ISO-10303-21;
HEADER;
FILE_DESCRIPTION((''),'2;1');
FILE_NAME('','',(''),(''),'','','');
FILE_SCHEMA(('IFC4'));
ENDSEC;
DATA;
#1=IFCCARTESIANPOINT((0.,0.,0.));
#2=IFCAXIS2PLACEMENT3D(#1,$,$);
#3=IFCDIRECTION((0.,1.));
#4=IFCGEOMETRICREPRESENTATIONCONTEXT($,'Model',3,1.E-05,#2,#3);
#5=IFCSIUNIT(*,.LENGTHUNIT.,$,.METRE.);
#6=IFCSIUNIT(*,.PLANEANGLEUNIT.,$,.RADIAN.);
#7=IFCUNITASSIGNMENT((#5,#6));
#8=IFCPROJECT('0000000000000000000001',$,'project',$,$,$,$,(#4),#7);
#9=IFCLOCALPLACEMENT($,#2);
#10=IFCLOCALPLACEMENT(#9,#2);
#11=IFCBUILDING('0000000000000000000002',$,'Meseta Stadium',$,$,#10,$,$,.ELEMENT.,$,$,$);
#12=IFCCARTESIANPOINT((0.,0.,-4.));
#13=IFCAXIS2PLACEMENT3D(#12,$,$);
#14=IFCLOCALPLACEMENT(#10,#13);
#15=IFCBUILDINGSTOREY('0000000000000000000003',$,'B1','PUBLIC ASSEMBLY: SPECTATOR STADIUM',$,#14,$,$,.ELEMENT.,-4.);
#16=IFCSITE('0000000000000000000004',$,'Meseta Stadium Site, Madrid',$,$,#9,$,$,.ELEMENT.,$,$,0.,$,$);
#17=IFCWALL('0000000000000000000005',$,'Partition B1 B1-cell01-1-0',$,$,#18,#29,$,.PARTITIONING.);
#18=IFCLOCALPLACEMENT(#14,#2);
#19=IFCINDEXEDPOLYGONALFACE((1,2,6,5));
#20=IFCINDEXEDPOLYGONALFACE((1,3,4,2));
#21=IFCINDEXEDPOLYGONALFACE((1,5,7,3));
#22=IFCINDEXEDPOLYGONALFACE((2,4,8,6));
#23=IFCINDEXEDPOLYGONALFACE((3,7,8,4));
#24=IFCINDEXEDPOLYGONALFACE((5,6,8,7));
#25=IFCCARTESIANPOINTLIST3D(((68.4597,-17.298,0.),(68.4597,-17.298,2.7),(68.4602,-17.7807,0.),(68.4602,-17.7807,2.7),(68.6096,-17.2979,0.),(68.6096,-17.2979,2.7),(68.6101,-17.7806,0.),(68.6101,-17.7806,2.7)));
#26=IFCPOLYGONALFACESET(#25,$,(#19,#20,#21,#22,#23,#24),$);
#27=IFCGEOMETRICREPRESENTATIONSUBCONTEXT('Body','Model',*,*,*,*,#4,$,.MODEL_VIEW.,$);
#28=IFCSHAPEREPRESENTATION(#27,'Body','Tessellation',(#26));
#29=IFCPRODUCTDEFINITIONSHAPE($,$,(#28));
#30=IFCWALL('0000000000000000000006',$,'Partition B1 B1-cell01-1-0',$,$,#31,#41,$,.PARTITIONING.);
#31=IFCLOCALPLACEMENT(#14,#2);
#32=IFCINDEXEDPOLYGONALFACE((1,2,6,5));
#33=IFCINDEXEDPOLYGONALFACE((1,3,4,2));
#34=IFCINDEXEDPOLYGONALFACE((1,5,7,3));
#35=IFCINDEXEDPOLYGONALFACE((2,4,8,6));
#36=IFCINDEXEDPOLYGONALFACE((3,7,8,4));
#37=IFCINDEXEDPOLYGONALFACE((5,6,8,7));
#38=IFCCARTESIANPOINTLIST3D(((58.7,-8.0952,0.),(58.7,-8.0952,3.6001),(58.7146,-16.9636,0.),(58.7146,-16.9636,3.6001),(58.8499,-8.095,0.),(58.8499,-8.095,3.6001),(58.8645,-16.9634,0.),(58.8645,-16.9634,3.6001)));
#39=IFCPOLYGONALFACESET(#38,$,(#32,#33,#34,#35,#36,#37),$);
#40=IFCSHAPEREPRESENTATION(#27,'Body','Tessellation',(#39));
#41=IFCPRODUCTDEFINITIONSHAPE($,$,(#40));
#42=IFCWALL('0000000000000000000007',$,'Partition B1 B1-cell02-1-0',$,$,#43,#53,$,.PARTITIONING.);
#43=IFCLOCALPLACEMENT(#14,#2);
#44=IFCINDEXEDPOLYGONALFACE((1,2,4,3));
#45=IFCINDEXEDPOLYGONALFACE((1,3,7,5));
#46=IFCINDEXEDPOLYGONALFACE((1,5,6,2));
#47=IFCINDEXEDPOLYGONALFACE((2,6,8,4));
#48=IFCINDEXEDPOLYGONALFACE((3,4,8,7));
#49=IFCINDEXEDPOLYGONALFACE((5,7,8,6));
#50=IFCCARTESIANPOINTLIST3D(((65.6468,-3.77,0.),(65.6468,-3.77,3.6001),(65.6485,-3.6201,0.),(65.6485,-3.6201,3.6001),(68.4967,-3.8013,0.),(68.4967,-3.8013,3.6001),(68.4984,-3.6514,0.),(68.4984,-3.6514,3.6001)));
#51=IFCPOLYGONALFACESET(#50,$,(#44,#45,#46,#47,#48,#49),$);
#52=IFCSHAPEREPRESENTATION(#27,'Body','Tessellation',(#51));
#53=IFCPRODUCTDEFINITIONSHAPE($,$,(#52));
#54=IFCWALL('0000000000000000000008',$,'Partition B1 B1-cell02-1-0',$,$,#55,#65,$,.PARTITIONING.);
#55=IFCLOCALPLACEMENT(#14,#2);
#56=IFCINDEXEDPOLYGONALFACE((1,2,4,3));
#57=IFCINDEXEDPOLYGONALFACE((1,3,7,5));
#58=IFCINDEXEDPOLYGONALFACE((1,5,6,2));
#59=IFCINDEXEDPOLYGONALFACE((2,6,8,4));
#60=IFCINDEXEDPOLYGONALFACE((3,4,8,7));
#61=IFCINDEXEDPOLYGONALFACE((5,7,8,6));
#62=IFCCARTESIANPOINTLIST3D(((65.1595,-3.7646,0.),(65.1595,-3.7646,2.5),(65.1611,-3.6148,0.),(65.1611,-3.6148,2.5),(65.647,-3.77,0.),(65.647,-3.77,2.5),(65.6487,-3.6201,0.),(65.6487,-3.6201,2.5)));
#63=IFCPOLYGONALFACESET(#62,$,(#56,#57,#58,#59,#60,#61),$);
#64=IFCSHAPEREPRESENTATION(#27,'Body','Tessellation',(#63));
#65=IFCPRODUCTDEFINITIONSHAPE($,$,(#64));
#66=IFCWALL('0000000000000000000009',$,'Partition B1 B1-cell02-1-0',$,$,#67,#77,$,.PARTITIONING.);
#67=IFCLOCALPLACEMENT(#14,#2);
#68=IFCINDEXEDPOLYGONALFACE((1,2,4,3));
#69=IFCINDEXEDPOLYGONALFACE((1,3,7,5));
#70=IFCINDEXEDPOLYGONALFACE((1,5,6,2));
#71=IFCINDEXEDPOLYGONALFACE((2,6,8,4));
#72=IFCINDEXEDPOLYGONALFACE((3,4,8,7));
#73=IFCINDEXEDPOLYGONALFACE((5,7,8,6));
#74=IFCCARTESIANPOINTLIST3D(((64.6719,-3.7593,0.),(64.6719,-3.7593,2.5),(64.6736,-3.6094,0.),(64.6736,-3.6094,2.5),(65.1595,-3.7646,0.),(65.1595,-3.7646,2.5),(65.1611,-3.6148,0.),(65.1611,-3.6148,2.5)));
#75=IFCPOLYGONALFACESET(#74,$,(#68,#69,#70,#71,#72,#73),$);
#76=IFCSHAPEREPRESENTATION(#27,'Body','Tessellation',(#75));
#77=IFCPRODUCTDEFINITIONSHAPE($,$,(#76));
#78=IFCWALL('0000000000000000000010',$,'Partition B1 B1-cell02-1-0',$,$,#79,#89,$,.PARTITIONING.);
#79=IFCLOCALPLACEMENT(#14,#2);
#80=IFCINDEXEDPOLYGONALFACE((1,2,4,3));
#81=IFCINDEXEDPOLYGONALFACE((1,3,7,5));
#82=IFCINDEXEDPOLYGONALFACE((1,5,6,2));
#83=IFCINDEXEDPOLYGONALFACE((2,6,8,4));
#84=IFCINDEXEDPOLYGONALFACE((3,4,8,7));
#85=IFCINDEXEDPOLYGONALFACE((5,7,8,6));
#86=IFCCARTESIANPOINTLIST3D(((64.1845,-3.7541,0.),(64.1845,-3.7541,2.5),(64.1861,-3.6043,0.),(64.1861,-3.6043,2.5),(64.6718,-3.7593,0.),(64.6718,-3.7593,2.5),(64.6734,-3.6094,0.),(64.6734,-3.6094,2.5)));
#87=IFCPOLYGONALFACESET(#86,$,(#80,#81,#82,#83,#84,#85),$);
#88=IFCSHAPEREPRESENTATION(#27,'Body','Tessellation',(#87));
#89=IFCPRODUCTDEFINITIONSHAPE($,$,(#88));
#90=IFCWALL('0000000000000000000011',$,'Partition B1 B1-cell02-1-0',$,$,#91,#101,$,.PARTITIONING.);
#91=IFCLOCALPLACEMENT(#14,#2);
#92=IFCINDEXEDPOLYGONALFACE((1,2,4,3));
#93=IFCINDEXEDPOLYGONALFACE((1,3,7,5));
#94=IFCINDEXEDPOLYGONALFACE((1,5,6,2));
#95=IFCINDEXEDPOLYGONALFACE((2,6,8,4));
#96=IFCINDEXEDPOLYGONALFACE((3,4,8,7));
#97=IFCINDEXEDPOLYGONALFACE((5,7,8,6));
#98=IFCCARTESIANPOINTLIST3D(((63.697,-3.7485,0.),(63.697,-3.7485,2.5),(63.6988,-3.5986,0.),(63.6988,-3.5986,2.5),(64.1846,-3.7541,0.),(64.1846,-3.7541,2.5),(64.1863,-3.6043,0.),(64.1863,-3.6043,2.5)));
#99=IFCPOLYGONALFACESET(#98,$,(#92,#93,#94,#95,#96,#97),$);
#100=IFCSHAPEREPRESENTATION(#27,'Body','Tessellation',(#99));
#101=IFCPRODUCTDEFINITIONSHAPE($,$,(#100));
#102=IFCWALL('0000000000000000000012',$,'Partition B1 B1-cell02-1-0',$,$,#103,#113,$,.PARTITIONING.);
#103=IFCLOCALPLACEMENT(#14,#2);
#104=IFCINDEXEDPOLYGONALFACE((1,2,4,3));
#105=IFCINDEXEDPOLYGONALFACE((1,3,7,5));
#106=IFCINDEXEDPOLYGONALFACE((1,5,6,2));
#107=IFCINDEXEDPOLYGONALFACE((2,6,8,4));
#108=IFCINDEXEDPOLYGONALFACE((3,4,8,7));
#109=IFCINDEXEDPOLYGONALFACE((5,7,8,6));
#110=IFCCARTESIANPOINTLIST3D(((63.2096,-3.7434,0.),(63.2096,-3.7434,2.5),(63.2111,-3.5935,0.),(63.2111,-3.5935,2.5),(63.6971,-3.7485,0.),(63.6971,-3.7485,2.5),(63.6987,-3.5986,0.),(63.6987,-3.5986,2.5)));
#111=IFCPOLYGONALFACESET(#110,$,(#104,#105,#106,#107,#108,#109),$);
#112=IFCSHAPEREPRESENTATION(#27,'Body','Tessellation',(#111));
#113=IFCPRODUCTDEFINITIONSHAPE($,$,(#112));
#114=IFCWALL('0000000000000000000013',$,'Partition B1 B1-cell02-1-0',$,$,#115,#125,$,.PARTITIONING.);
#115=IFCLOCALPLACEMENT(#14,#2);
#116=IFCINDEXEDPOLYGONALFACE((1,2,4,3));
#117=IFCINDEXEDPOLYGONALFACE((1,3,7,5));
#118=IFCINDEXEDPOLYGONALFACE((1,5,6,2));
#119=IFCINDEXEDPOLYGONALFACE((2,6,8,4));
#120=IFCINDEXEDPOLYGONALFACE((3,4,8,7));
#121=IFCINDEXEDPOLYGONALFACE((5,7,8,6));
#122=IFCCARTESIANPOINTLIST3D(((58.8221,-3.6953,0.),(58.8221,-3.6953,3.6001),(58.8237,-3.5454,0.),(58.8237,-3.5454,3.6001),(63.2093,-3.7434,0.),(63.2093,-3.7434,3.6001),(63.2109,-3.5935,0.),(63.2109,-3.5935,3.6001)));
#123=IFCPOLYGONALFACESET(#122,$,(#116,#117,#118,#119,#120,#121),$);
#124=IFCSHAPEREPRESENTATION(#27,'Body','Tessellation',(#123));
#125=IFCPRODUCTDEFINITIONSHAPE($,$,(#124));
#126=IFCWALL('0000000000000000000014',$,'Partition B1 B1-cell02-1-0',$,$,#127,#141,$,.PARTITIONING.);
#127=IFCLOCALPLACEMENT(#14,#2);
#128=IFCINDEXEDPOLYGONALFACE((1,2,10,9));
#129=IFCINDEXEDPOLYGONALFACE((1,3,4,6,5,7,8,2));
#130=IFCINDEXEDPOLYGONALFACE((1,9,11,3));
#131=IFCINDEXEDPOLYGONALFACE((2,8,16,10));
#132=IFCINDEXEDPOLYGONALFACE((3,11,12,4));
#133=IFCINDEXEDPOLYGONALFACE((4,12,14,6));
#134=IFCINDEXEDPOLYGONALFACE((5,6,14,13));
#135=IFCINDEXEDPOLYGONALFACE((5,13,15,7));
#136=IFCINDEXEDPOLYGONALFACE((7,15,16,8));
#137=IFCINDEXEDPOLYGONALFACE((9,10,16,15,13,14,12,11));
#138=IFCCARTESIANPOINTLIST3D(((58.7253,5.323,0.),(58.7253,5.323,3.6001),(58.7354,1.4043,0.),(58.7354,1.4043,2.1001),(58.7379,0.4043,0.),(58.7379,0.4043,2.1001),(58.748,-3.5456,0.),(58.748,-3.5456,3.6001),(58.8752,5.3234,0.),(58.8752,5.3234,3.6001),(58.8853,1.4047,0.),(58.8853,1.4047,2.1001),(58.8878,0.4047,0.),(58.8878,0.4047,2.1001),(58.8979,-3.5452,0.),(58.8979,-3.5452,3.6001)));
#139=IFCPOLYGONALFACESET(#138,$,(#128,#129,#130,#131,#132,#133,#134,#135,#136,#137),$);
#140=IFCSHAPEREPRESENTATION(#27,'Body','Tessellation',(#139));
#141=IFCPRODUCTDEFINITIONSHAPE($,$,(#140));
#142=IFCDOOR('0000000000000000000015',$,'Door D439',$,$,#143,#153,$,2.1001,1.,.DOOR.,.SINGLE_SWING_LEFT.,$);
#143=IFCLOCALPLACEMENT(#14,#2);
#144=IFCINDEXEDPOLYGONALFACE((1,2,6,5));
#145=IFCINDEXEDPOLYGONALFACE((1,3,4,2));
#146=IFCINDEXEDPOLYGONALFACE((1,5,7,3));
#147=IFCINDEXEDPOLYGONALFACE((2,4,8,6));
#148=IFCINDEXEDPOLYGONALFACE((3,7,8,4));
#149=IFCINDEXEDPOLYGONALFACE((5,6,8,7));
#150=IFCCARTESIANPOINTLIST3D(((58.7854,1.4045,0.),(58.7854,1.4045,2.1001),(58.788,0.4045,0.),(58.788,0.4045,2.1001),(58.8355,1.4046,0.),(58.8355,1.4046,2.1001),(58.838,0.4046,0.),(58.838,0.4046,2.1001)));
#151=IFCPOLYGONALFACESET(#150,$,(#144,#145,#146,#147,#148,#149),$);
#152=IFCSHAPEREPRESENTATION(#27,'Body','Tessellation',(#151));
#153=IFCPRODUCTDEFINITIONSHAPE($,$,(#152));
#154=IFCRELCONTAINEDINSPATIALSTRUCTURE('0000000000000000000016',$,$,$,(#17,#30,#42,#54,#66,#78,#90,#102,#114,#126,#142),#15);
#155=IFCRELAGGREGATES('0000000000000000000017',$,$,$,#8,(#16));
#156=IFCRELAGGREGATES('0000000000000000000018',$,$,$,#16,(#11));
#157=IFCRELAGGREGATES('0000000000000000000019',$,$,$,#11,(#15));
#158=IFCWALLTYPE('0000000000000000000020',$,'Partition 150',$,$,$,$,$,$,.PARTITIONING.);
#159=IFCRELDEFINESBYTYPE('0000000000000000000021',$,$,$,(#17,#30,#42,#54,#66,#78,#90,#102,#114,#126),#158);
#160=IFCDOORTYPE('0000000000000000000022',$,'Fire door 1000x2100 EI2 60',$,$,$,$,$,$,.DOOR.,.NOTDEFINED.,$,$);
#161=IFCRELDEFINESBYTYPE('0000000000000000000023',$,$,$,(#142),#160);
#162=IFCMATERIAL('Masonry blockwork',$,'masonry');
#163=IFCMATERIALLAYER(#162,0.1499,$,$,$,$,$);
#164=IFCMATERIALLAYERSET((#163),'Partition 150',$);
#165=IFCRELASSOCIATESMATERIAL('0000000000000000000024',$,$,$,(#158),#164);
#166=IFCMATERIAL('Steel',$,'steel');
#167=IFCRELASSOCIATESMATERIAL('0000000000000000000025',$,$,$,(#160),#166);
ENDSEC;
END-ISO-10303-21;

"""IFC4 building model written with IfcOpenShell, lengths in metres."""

from ifc_helpers import new_model, si_unit, direction, frame, frame_2d, origin, place, context, subcontext, project, spatial, rectangle, extrude, material, layer, layer_set, type_object, element, fill, save


model = new_model("IFC4")

# Units and contexts
model_context = context("Model", 3, precision=1e-05, world=origin(), true_north=direction((0.0, 1.0)))
body_context = subcontext(model_context, "Body", "Model", "MODEL_VIEW")
ifc_project = project(units=[si_unit("LENGTHUNIT", "METRE"), si_unit("PLANEANGLEUNIT", "RADIAN")], contexts=[model_context])

# Site, building, storey
site_placement = place(None, origin())
site = spatial("IfcSite", under=ifc_project, at=site_placement, Name="Meseta Stadium Site, Madrid", CompositionType="ELEMENT", RefElevation=0.0)
building_placement = place(site_placement, origin())
building = spatial("IfcBuilding", under=site, at=building_placement, Name="Meseta Stadium", CompositionType="ELEMENT")
storey_placement = place(building_placement, frame((0.0, 0.0, -4.0)))
storey = spatial("IfcBuildingStorey", under=building, at=storey_placement, Name="B1", Description="PUBLIC ASSEMBLY: SPECTATOR STADIUM", CompositionType="ELEMENT", Elevation=-4.0)

# Walls
ifc_material_1 = material(Name="Masonry blockwork", Category="masonry")
ifc_layer = layer(ifc_material_1, 0.1499)
ifc_layer_set = layer_set([ifc_layer], Name="Partition 150")
wall_type = type_object("IfcWallType", Name="Partition 150", PredefinedType="PARTITIONING", material=ifc_layer_set)
wall_1_placement = place(storey_placement, frame((68.5347, -17.2981, 0.0), z_axis=(0.0, 0.0, 1.0), x_axis=(0.001012, -0.999999, 0.0)))
element("IfcWall", 1, at=wall_1_placement, inside=storey, type_object=wall_type, Name="Partition B1 B1-cell01-1-0", PredefinedType="PARTITIONING", context=body_context, shape_type="SweptSolid", body=[
    extrude(rectangle(XDim=0.4827, YDim=0.1499, at=frame_2d((0.2412, 0.0))), origin(), (0.0, 0.0, 1.0), 2.7),
])
wall_2_placement = place(storey_placement, frame((58.7896, -16.9634, 0.0), z_axis=(0.0, 0.0, 1.0), x_axis=(-0.001652, 0.999999, 0.0)))
element("IfcWall", 2, at=wall_2_placement, inside=storey, type_object=wall_type, Name="Partition B1 B1-cell01-1-0", PredefinedType="PARTITIONING", context=body_context, shape_type="SweptSolid", body=[
    extrude(rectangle(XDim=8.8684, YDim=0.1499, at=frame_2d((4.4341, 0.0))), origin(), (0.0, 0.0, 1.0), 3.6001),
])
wall_3_placement = place(storey_placement, frame((68.4976, -3.7263, 0.0), z_axis=(0.0, 0.0, 1.0), x_axis=(-0.99994, 0.010965, 0.0)))
element("IfcWall", 3, at=wall_3_placement, inside=storey, type_object=wall_type, Name="Partition B1 B1-cell02-1-0", PredefinedType="PARTITIONING", context=body_context, shape_type="SweptSolid", body=[
    extrude(rectangle(XDim=2.8501, YDim=0.1499, at=frame_2d((1.425, 0.0))), origin(), (0.0, 0.0, 1.0), 3.6001),
])
for number, where, z_axis, x_axis, name in (
    (4, (65.6477, -3.6951, 0.0), (0.0, 0.0, 1.0), (-0.999939, 0.011016, 0.0), "Partition B1 B1-cell02-1-0"),
    (5, (65.1602, -3.6897, 0.0), (0.0, 0.0, 1.0), (-0.999939, 0.011016, 0.0), "Partition B1 B1-cell02-1-0"),
):
    element("IfcWall", number, at=place(storey_placement, frame(where, z_axis=z_axis, x_axis=x_axis)), inside=storey, type_object=wall_type, Name=name, PredefinedType="PARTITIONING", context=body_context, shape_type="SweptSolid", body=[
        extrude(rectangle(XDim=0.4875, YDim=0.1499, at=frame_2d((0.2437, 0.0))), origin(), (0.0, 0.0, 1.0), 2.5),
    ])
wall_4_placement = place(storey_placement, frame((64.6726, -3.6843, 0.0), z_axis=(0.0, 0.0, 1.0), x_axis=(-0.999945, 0.01052, 0.0)))
element("IfcWall", 6, at=wall_4_placement, inside=storey, type_object=wall_type, Name="Partition B1 B1-cell02-1-0", PredefinedType="PARTITIONING", context=body_context, shape_type="SweptSolid", body=[
    extrude(rectangle(XDim=0.4873, YDim=0.1499, at=frame_2d((0.2437, 0.0))), origin(), (0.0, 0.0, 1.0), 2.5),
])
for number, where, z_axis, x_axis, name in (
    (7, (64.1853, -3.6792, 0.0), (0.0, 0.0, 1.0), (-0.999934, 0.011517, 0.0), "Partition B1 B1-cell02-1-0"),
    (8, (63.6978, -3.6736, 0.0), (0.0, 0.0, 1.0), (-0.999945, 0.010515, 0.0), "Partition B1 B1-cell02-1-0"),
):
    element("IfcWall", number, at=place(storey_placement, frame(where, z_axis=z_axis, x_axis=x_axis)), inside=storey, type_object=wall_type, Name=name, PredefinedType="PARTITIONING", context=body_context, shape_type="SweptSolid", body=[
        extrude(rectangle(XDim=0.4875, YDim=0.1499, at=frame_2d((0.2437, 0.0))), origin(), (0.0, 0.0, 1.0), 2.5),
    ])
wall_5_placement = place(storey_placement, frame((63.2102, -3.6685, 0.0), z_axis=(0.0, 0.0, 1.0), x_axis=(-0.99994, 0.010962, 0.0)))
element("IfcWall", 9, at=wall_5_placement, inside=storey, type_object=wall_type, Name="Partition B1 B1-cell02-1-0", PredefinedType="PARTITIONING", context=body_context, shape_type="SweptSolid", body=[
    extrude(rectangle(XDim=4.3875, YDim=0.1499, at=frame_2d((2.1938, 0.0))), origin(), (0.0, 0.0, 1.0), 3.6001),
])

# Wall, opening, door
wall_6_placement = place(storey_placement, frame((58.823, -3.5454, 0.0), z_axis=(0.0, 0.0, 1.0), x_axis=(-0.00256, 0.999997, 0.0)))
wall_6 = element("IfcWall", 10, at=wall_6_placement, inside=storey, type_object=wall_type, Name="Partition B1 B1-cell02-1-0", PredefinedType="PARTITIONING", context=body_context, shape_type="SweptSolid", body=[
    extrude(rectangle(XDim=8.8687, YDim=0.1499, at=frame_2d((4.4343, 0.0))), origin(), (0.0, 0.0, 1.0), 3.6001),
])
opening_placement = place(wall_6_placement, frame((3.95, 0.0, 0.0)))
opening = element("IfcOpeningElement", 11, at=opening_placement, cuts=wall_6, PredefinedType="OPENING", context=body_context, shape_type="SweptSolid", body=[
    extrude(rectangle(XDim=1.0, YDim=2.1001, at=frame_2d((0.5, 1.05))), frame((0.0, 0.085, 0.0), z_axis=(0.0, -1.0, 0.0), x_axis=(1.0, 0.0, 0.0)), (0.0, 0.0, 1.0), 0.1699),
])
ifc_material_2 = material(Name="Steel", Category="steel")
door_type = type_object("IfcDoorType", Name="Fire door 1000x2100 EI2 60", OperationType="NOTDEFINED", PredefinedType="DOOR", material=ifc_material_2)
door_placement = place(opening_placement, origin())
door = element("IfcDoor", 12, at=door_placement, inside=storey, type_object=door_type, Name="Door D439", OperationType="SINGLE_SWING_LEFT", OverallHeight=2.1001, OverallWidth=1.0, PredefinedType="DOOR", context=body_context, shape_type="SweptSolid", body=[
    extrude(rectangle(XDim=1.0, YDim=2.1001, at=frame_2d((0.5, 1.05))), frame((0.0, 0.0249, 0.0), z_axis=(0.0, -1.0, 0.0), x_axis=(1.0, 0.0, 0.0)), (0.0, 0.0, 1.0), 0.05),
])
fill(opening, door)

save(model, "model.ifc")
